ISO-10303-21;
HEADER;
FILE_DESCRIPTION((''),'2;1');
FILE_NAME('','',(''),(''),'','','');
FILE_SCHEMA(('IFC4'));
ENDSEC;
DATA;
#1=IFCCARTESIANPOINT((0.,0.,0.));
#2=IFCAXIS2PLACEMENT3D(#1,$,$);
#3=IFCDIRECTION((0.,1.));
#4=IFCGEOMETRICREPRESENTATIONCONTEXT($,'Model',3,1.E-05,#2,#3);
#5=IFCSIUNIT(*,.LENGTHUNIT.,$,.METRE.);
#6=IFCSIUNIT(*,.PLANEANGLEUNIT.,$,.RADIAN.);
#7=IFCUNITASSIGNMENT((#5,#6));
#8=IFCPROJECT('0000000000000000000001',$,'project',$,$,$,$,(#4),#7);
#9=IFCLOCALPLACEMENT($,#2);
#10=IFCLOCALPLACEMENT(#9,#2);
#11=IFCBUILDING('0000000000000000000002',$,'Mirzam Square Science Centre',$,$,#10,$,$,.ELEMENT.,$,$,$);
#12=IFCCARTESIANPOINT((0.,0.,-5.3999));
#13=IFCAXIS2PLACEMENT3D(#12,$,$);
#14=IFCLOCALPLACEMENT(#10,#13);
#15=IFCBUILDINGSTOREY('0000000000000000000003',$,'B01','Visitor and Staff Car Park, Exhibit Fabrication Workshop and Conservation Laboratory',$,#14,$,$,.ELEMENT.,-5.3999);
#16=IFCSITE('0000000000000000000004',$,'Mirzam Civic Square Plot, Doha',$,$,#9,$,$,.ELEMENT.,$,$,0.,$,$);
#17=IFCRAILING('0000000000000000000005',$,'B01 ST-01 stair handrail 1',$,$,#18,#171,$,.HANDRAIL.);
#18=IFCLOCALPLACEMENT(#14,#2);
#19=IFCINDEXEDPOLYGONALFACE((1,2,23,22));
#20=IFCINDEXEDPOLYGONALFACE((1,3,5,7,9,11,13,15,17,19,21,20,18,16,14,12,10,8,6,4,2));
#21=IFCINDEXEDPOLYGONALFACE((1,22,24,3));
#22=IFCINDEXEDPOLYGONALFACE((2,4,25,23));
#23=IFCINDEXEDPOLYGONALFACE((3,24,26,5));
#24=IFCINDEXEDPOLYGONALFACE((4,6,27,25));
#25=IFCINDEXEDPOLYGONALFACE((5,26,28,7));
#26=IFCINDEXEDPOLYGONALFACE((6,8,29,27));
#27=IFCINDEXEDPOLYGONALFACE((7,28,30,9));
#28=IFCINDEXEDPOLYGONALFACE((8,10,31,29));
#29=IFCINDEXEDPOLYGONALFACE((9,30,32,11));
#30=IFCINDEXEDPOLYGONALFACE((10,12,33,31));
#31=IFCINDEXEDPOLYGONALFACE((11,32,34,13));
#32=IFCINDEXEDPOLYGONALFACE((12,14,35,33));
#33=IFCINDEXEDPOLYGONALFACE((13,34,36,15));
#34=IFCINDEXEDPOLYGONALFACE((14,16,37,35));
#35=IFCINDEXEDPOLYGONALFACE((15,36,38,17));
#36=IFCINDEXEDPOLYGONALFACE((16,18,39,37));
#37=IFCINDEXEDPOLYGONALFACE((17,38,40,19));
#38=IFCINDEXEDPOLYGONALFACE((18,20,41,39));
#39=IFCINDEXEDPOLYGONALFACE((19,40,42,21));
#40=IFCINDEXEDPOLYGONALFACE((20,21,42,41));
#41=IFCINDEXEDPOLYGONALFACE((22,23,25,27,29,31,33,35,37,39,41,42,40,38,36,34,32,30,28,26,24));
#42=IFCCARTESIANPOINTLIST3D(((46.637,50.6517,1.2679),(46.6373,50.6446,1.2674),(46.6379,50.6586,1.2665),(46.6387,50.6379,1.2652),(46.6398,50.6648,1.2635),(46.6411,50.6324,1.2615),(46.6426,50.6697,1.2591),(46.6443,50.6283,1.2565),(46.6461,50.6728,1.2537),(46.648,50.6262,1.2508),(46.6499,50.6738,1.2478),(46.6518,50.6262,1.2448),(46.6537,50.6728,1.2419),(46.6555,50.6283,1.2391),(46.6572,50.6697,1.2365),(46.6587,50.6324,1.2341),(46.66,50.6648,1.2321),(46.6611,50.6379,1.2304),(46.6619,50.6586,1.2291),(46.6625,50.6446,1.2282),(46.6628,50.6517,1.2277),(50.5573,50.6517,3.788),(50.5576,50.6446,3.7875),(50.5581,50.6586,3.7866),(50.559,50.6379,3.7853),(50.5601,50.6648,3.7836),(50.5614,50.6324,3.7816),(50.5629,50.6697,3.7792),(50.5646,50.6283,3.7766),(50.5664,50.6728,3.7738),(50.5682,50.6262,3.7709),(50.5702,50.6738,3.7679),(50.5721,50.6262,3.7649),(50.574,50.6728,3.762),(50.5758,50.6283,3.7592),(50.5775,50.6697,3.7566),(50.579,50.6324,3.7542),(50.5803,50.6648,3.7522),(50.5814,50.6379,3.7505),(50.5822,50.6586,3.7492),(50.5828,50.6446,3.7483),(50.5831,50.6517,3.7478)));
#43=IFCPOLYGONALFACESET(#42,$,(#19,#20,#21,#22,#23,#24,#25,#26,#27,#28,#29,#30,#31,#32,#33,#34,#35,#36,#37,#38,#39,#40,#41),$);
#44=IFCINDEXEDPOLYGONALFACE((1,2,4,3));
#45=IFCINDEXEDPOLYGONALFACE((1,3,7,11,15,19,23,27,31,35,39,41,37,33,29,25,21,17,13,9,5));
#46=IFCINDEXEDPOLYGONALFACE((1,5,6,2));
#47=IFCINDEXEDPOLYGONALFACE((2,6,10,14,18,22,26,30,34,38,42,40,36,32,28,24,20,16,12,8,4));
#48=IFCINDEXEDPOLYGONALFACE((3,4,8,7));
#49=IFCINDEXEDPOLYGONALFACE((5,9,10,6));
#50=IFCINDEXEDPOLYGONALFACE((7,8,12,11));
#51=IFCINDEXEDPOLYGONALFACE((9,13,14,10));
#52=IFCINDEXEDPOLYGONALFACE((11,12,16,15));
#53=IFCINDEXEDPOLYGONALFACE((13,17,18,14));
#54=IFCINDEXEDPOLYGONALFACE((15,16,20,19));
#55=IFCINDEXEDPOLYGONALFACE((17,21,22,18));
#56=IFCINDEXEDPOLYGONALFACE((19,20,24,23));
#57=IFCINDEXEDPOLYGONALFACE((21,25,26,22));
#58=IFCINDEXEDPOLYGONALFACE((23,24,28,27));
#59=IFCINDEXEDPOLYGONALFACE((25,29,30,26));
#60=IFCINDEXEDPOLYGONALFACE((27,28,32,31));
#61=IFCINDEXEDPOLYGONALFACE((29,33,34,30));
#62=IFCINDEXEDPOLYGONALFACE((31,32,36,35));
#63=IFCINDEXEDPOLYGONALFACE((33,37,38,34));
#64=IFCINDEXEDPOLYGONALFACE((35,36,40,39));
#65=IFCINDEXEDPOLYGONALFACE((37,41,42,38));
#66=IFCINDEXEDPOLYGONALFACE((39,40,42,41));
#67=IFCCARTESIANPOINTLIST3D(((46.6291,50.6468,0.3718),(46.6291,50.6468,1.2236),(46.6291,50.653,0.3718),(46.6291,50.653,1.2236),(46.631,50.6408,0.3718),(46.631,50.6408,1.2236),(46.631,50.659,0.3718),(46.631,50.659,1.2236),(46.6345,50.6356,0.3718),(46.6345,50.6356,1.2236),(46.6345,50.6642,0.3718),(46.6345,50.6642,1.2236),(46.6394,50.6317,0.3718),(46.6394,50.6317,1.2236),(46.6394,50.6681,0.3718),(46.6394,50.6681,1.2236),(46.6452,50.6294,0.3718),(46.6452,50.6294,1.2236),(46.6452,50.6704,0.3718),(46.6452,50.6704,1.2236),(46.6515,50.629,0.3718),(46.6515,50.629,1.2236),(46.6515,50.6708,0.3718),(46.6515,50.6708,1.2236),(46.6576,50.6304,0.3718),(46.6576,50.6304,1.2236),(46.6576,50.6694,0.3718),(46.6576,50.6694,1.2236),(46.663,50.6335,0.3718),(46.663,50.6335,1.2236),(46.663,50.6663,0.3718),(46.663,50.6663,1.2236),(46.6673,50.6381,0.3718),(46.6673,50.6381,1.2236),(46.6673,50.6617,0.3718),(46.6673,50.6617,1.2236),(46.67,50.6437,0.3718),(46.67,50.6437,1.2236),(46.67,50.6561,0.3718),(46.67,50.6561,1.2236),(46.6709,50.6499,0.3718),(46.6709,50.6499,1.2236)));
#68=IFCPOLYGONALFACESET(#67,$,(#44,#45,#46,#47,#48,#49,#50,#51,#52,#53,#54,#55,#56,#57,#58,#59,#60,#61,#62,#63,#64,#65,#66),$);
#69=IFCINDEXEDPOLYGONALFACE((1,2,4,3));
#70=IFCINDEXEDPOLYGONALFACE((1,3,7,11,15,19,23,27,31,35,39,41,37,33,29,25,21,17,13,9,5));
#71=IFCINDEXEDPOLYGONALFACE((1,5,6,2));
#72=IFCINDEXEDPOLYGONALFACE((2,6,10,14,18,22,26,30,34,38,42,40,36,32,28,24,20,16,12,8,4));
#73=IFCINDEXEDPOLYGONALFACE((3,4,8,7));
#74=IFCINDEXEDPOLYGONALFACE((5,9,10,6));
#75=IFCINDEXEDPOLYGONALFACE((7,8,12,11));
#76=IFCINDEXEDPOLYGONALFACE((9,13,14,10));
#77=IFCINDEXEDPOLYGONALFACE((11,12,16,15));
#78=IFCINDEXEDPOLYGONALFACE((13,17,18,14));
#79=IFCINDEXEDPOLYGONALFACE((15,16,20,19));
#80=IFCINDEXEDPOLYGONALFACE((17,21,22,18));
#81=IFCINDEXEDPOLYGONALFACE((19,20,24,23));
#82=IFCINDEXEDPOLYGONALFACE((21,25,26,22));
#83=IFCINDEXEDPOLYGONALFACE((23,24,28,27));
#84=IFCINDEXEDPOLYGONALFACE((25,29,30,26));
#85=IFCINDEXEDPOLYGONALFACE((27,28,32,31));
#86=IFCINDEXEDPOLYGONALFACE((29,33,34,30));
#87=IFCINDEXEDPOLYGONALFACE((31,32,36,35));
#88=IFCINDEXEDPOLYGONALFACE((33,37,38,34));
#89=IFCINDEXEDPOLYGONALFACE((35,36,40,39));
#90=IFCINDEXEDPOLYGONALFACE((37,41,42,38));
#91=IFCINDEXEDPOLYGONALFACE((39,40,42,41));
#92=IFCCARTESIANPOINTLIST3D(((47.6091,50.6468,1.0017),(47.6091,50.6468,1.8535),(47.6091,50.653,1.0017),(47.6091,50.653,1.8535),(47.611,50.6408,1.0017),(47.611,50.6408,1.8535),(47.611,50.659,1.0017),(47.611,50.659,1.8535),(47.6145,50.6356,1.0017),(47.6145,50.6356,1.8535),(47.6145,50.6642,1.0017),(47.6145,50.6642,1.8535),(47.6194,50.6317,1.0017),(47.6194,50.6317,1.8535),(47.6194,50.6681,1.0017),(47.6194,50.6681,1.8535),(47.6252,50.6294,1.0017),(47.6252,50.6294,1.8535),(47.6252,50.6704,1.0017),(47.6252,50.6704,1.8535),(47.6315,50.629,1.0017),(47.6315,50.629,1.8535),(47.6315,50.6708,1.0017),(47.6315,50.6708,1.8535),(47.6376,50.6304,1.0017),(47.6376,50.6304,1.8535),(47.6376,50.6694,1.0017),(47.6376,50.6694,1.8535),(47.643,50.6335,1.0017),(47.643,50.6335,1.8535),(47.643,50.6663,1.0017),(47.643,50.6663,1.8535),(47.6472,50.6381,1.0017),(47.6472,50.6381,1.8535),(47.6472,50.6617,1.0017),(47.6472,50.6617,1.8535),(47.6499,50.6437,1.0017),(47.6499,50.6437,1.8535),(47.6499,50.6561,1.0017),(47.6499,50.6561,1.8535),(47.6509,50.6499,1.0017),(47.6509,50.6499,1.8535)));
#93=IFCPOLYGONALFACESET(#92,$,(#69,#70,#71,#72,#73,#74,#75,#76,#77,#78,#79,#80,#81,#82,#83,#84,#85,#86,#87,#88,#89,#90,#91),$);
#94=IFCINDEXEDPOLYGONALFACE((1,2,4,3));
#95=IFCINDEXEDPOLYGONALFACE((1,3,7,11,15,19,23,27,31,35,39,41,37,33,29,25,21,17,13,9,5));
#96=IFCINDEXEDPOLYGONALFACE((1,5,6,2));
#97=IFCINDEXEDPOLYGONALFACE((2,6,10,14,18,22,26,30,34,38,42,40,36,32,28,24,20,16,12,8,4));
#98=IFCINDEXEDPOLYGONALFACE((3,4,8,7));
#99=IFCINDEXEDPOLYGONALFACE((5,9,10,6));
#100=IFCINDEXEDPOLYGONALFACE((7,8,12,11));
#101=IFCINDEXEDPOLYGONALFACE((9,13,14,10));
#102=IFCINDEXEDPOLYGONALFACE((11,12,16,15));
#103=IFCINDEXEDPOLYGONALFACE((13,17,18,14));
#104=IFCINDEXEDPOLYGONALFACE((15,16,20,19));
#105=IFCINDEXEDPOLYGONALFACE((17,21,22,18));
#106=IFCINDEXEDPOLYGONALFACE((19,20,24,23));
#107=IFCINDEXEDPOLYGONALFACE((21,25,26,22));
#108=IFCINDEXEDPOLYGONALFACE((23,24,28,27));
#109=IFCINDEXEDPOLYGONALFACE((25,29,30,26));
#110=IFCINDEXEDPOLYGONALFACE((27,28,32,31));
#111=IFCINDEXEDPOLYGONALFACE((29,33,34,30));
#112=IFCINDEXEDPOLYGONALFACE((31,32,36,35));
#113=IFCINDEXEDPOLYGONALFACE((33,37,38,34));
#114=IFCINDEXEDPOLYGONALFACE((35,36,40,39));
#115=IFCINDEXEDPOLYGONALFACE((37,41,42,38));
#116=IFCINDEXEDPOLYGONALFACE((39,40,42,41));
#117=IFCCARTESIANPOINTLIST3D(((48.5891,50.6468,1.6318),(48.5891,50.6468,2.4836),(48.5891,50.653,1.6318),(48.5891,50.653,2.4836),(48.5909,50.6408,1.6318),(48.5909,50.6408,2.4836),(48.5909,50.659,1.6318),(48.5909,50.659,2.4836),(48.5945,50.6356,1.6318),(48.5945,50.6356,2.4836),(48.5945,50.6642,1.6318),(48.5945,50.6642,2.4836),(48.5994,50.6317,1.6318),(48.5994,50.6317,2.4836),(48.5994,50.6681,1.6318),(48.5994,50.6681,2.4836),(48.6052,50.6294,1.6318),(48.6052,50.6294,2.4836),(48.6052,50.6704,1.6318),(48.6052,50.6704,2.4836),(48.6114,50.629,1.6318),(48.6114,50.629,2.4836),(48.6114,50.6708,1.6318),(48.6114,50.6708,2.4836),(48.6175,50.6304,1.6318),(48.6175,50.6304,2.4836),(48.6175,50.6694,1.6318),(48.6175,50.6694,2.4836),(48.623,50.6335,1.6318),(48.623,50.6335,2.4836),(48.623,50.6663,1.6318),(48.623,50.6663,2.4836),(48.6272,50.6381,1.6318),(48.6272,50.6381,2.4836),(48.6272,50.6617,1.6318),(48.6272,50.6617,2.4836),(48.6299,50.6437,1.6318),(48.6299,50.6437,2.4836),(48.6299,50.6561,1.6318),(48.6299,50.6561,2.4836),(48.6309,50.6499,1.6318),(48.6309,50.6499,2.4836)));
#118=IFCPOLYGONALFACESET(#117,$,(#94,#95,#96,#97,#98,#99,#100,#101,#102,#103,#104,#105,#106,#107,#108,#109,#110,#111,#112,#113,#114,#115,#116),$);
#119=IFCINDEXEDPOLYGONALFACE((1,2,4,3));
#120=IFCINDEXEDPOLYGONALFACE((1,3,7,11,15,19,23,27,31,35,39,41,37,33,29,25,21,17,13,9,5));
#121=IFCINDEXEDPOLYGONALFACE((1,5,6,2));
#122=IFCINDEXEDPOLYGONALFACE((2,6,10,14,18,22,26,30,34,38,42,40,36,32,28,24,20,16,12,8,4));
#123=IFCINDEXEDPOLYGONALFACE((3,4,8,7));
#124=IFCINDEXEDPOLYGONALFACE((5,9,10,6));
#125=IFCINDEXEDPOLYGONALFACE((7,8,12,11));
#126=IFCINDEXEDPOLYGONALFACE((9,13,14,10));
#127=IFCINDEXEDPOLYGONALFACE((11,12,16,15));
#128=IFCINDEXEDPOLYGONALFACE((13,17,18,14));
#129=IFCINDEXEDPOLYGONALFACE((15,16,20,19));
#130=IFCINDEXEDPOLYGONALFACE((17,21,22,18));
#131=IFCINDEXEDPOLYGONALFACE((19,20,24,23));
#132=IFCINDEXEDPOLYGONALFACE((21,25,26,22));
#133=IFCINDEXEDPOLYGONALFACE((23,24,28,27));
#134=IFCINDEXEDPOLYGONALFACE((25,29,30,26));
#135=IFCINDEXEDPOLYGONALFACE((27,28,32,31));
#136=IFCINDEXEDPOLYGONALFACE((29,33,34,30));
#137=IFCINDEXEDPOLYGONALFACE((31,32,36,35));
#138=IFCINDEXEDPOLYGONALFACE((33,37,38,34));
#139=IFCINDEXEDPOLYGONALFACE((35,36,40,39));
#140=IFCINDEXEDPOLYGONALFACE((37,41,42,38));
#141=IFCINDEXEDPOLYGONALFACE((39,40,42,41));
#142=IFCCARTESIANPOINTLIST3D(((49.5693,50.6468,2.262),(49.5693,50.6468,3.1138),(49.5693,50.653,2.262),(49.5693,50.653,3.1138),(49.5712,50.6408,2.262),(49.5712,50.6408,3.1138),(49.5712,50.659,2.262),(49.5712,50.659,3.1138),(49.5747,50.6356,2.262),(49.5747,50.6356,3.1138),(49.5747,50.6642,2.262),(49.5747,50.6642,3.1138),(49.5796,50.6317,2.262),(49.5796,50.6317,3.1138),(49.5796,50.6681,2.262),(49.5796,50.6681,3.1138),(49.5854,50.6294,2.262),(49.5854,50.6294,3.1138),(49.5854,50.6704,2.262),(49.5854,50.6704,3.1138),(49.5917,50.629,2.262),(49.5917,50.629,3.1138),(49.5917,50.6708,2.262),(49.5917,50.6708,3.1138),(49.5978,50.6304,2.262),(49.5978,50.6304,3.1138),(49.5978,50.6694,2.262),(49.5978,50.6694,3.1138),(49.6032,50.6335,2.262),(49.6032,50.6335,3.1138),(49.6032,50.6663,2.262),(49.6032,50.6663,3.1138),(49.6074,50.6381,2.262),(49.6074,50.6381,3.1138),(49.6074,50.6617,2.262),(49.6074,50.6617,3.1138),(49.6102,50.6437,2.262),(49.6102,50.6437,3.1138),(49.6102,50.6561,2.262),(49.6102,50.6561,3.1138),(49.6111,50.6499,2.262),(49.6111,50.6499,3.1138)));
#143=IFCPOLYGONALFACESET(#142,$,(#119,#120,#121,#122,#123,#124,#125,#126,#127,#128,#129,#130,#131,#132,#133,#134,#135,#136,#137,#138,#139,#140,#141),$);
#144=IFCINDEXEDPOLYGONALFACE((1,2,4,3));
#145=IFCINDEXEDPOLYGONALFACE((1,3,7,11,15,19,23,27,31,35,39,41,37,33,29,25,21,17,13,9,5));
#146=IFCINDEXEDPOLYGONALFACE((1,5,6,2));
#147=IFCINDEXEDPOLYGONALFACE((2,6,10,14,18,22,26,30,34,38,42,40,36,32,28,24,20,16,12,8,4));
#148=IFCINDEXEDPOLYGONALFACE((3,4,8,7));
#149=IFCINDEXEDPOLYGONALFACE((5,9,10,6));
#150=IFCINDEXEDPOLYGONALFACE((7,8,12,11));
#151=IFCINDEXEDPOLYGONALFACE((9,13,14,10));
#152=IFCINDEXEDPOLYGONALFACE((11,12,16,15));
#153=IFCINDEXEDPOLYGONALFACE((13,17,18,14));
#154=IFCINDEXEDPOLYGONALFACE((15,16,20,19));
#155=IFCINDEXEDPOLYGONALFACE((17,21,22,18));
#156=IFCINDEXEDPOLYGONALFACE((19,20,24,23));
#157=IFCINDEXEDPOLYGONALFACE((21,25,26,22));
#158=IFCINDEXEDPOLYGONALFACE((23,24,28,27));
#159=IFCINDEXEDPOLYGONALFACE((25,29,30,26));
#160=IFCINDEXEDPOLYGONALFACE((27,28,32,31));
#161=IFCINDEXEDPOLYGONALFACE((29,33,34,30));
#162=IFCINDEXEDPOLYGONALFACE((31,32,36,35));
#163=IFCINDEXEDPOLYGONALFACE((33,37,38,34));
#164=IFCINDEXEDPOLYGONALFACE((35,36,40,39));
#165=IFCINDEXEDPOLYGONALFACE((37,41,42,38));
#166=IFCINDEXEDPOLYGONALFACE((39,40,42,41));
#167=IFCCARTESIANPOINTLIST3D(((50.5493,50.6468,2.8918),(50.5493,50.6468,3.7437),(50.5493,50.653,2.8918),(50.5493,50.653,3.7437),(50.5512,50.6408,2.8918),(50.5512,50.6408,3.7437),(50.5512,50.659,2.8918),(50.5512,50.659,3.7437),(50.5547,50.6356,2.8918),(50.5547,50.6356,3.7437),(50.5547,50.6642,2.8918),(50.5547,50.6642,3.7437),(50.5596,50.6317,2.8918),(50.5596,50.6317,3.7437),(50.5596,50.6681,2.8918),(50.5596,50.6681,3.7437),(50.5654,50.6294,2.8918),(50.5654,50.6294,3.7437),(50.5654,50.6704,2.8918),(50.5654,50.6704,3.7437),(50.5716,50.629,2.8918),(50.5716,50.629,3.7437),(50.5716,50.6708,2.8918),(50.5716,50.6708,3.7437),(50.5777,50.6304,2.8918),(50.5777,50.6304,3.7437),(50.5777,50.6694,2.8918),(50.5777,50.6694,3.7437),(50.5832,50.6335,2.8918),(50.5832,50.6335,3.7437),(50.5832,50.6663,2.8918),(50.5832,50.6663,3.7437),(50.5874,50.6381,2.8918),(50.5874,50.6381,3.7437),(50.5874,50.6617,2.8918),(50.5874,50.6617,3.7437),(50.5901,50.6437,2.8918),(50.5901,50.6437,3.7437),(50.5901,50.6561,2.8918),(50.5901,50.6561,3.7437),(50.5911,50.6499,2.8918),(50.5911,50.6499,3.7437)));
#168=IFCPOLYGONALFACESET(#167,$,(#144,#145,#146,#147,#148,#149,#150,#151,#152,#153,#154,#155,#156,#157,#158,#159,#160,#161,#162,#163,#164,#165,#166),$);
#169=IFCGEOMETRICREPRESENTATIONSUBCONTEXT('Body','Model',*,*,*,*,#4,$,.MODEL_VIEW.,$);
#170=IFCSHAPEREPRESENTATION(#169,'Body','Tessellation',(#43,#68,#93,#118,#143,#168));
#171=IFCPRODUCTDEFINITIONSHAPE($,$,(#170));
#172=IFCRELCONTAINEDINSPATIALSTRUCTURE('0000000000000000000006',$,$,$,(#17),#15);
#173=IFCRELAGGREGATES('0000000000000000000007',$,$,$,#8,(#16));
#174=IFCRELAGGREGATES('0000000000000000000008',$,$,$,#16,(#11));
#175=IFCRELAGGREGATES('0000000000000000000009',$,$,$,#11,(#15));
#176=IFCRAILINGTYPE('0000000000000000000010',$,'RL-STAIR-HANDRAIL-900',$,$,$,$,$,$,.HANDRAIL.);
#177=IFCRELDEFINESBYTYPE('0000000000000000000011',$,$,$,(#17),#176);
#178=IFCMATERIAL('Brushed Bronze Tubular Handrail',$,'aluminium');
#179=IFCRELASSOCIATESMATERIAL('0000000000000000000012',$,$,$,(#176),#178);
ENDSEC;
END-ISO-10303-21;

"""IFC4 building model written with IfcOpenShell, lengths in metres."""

from ifc_helpers import new_model, si_unit, direction, frame, origin, origin_2d, place, context, subcontext, project, spatial, circle, extrude, material, type_object, element, save


model = new_model("IFC4")

# Units and contexts
model_context = context("Model", 3, precision=1e-05, world=origin(), true_north=direction((0.0, 1.0)))
body_context = subcontext(model_context, "Body", "Model", "MODEL_VIEW")
ifc_project = project(units=[si_unit("LENGTHUNIT", "METRE"), si_unit("PLANEANGLEUNIT", "RADIAN")], contexts=[model_context])

# Site, building, storey
site_placement = place(None, origin())
site = spatial("IfcSite", under=ifc_project, at=site_placement, Name="Mirzam Civic Square Plot, Doha", CompositionType="ELEMENT", RefElevation=0.0)
building_placement = place(site_placement, origin())
building = spatial("IfcBuilding", under=site, at=building_placement, Name="Mirzam Square Science Centre", CompositionType="ELEMENT")
storey_placement = place(building_placement, frame((0.0, 0.0, -5.3999)))
storey = spatial("IfcBuildingStorey", under=building, at=storey_placement, Name="B01", Description="Visitor and Staff Car Park, Exhibit Fabrication Workshop and Conservation Laboratory", CompositionType="ELEMENT", Elevation=-5.3999)

# Railing
ifc_material_1 = material(Name="Brushed Bronze Tubular Handrail", Category="aluminium")
railing_type_1 = type_object("IfcRailingType", Name="RL-STAIR-HANDRAIL-900", PredefinedType="HANDRAIL", material=ifc_material_1)
railing_1_placement = place(storey_placement, frame((46.6499, 50.6499, 0.3718)))
element("IfcRailing", 1, at=railing_1_placement, inside=storey, type_object=railing_type_1, Name="B01 ST-01 stair handrail 1", PredefinedType="HANDRAIL", context=body_context, shape_type="SweptSolid", body=[
    extrude(circle(Radius=0.0239, at=origin_2d()), frame((0.0, 0.0, 0.876), z_axis=(0.841187, 0.0, 0.540744), x_axis=(0.0, 1.0, 0.0)), (0.0, 0.0, 1.0), 4.6604),
    extrude(circle(Radius=0.021, at=origin_2d()), origin(), (0.0, 0.0, 1.0), 0.8518),
    extrude(circle(Radius=0.021, at=origin_2d()), frame((0.98, 0.0, 0.6299)), (0.0, 0.0, 1.0), 0.8518),
    extrude(circle(Radius=0.021, at=origin_2d()), frame((1.96, 0.0, 1.26)), (0.0, 0.0, 1.0), 0.8518),
    extrude(circle(Radius=0.021, at=origin_2d()), frame((2.9402, 0.0, 1.8901)), (0.0, 0.0, 1.0), 0.8518),
    extrude(circle(Radius=0.021, at=origin_2d()), frame((3.9202, 0.0, 2.52)), (0.0, 0.0, 1.0), 0.8518),
])

save(model, "model.ifc")
